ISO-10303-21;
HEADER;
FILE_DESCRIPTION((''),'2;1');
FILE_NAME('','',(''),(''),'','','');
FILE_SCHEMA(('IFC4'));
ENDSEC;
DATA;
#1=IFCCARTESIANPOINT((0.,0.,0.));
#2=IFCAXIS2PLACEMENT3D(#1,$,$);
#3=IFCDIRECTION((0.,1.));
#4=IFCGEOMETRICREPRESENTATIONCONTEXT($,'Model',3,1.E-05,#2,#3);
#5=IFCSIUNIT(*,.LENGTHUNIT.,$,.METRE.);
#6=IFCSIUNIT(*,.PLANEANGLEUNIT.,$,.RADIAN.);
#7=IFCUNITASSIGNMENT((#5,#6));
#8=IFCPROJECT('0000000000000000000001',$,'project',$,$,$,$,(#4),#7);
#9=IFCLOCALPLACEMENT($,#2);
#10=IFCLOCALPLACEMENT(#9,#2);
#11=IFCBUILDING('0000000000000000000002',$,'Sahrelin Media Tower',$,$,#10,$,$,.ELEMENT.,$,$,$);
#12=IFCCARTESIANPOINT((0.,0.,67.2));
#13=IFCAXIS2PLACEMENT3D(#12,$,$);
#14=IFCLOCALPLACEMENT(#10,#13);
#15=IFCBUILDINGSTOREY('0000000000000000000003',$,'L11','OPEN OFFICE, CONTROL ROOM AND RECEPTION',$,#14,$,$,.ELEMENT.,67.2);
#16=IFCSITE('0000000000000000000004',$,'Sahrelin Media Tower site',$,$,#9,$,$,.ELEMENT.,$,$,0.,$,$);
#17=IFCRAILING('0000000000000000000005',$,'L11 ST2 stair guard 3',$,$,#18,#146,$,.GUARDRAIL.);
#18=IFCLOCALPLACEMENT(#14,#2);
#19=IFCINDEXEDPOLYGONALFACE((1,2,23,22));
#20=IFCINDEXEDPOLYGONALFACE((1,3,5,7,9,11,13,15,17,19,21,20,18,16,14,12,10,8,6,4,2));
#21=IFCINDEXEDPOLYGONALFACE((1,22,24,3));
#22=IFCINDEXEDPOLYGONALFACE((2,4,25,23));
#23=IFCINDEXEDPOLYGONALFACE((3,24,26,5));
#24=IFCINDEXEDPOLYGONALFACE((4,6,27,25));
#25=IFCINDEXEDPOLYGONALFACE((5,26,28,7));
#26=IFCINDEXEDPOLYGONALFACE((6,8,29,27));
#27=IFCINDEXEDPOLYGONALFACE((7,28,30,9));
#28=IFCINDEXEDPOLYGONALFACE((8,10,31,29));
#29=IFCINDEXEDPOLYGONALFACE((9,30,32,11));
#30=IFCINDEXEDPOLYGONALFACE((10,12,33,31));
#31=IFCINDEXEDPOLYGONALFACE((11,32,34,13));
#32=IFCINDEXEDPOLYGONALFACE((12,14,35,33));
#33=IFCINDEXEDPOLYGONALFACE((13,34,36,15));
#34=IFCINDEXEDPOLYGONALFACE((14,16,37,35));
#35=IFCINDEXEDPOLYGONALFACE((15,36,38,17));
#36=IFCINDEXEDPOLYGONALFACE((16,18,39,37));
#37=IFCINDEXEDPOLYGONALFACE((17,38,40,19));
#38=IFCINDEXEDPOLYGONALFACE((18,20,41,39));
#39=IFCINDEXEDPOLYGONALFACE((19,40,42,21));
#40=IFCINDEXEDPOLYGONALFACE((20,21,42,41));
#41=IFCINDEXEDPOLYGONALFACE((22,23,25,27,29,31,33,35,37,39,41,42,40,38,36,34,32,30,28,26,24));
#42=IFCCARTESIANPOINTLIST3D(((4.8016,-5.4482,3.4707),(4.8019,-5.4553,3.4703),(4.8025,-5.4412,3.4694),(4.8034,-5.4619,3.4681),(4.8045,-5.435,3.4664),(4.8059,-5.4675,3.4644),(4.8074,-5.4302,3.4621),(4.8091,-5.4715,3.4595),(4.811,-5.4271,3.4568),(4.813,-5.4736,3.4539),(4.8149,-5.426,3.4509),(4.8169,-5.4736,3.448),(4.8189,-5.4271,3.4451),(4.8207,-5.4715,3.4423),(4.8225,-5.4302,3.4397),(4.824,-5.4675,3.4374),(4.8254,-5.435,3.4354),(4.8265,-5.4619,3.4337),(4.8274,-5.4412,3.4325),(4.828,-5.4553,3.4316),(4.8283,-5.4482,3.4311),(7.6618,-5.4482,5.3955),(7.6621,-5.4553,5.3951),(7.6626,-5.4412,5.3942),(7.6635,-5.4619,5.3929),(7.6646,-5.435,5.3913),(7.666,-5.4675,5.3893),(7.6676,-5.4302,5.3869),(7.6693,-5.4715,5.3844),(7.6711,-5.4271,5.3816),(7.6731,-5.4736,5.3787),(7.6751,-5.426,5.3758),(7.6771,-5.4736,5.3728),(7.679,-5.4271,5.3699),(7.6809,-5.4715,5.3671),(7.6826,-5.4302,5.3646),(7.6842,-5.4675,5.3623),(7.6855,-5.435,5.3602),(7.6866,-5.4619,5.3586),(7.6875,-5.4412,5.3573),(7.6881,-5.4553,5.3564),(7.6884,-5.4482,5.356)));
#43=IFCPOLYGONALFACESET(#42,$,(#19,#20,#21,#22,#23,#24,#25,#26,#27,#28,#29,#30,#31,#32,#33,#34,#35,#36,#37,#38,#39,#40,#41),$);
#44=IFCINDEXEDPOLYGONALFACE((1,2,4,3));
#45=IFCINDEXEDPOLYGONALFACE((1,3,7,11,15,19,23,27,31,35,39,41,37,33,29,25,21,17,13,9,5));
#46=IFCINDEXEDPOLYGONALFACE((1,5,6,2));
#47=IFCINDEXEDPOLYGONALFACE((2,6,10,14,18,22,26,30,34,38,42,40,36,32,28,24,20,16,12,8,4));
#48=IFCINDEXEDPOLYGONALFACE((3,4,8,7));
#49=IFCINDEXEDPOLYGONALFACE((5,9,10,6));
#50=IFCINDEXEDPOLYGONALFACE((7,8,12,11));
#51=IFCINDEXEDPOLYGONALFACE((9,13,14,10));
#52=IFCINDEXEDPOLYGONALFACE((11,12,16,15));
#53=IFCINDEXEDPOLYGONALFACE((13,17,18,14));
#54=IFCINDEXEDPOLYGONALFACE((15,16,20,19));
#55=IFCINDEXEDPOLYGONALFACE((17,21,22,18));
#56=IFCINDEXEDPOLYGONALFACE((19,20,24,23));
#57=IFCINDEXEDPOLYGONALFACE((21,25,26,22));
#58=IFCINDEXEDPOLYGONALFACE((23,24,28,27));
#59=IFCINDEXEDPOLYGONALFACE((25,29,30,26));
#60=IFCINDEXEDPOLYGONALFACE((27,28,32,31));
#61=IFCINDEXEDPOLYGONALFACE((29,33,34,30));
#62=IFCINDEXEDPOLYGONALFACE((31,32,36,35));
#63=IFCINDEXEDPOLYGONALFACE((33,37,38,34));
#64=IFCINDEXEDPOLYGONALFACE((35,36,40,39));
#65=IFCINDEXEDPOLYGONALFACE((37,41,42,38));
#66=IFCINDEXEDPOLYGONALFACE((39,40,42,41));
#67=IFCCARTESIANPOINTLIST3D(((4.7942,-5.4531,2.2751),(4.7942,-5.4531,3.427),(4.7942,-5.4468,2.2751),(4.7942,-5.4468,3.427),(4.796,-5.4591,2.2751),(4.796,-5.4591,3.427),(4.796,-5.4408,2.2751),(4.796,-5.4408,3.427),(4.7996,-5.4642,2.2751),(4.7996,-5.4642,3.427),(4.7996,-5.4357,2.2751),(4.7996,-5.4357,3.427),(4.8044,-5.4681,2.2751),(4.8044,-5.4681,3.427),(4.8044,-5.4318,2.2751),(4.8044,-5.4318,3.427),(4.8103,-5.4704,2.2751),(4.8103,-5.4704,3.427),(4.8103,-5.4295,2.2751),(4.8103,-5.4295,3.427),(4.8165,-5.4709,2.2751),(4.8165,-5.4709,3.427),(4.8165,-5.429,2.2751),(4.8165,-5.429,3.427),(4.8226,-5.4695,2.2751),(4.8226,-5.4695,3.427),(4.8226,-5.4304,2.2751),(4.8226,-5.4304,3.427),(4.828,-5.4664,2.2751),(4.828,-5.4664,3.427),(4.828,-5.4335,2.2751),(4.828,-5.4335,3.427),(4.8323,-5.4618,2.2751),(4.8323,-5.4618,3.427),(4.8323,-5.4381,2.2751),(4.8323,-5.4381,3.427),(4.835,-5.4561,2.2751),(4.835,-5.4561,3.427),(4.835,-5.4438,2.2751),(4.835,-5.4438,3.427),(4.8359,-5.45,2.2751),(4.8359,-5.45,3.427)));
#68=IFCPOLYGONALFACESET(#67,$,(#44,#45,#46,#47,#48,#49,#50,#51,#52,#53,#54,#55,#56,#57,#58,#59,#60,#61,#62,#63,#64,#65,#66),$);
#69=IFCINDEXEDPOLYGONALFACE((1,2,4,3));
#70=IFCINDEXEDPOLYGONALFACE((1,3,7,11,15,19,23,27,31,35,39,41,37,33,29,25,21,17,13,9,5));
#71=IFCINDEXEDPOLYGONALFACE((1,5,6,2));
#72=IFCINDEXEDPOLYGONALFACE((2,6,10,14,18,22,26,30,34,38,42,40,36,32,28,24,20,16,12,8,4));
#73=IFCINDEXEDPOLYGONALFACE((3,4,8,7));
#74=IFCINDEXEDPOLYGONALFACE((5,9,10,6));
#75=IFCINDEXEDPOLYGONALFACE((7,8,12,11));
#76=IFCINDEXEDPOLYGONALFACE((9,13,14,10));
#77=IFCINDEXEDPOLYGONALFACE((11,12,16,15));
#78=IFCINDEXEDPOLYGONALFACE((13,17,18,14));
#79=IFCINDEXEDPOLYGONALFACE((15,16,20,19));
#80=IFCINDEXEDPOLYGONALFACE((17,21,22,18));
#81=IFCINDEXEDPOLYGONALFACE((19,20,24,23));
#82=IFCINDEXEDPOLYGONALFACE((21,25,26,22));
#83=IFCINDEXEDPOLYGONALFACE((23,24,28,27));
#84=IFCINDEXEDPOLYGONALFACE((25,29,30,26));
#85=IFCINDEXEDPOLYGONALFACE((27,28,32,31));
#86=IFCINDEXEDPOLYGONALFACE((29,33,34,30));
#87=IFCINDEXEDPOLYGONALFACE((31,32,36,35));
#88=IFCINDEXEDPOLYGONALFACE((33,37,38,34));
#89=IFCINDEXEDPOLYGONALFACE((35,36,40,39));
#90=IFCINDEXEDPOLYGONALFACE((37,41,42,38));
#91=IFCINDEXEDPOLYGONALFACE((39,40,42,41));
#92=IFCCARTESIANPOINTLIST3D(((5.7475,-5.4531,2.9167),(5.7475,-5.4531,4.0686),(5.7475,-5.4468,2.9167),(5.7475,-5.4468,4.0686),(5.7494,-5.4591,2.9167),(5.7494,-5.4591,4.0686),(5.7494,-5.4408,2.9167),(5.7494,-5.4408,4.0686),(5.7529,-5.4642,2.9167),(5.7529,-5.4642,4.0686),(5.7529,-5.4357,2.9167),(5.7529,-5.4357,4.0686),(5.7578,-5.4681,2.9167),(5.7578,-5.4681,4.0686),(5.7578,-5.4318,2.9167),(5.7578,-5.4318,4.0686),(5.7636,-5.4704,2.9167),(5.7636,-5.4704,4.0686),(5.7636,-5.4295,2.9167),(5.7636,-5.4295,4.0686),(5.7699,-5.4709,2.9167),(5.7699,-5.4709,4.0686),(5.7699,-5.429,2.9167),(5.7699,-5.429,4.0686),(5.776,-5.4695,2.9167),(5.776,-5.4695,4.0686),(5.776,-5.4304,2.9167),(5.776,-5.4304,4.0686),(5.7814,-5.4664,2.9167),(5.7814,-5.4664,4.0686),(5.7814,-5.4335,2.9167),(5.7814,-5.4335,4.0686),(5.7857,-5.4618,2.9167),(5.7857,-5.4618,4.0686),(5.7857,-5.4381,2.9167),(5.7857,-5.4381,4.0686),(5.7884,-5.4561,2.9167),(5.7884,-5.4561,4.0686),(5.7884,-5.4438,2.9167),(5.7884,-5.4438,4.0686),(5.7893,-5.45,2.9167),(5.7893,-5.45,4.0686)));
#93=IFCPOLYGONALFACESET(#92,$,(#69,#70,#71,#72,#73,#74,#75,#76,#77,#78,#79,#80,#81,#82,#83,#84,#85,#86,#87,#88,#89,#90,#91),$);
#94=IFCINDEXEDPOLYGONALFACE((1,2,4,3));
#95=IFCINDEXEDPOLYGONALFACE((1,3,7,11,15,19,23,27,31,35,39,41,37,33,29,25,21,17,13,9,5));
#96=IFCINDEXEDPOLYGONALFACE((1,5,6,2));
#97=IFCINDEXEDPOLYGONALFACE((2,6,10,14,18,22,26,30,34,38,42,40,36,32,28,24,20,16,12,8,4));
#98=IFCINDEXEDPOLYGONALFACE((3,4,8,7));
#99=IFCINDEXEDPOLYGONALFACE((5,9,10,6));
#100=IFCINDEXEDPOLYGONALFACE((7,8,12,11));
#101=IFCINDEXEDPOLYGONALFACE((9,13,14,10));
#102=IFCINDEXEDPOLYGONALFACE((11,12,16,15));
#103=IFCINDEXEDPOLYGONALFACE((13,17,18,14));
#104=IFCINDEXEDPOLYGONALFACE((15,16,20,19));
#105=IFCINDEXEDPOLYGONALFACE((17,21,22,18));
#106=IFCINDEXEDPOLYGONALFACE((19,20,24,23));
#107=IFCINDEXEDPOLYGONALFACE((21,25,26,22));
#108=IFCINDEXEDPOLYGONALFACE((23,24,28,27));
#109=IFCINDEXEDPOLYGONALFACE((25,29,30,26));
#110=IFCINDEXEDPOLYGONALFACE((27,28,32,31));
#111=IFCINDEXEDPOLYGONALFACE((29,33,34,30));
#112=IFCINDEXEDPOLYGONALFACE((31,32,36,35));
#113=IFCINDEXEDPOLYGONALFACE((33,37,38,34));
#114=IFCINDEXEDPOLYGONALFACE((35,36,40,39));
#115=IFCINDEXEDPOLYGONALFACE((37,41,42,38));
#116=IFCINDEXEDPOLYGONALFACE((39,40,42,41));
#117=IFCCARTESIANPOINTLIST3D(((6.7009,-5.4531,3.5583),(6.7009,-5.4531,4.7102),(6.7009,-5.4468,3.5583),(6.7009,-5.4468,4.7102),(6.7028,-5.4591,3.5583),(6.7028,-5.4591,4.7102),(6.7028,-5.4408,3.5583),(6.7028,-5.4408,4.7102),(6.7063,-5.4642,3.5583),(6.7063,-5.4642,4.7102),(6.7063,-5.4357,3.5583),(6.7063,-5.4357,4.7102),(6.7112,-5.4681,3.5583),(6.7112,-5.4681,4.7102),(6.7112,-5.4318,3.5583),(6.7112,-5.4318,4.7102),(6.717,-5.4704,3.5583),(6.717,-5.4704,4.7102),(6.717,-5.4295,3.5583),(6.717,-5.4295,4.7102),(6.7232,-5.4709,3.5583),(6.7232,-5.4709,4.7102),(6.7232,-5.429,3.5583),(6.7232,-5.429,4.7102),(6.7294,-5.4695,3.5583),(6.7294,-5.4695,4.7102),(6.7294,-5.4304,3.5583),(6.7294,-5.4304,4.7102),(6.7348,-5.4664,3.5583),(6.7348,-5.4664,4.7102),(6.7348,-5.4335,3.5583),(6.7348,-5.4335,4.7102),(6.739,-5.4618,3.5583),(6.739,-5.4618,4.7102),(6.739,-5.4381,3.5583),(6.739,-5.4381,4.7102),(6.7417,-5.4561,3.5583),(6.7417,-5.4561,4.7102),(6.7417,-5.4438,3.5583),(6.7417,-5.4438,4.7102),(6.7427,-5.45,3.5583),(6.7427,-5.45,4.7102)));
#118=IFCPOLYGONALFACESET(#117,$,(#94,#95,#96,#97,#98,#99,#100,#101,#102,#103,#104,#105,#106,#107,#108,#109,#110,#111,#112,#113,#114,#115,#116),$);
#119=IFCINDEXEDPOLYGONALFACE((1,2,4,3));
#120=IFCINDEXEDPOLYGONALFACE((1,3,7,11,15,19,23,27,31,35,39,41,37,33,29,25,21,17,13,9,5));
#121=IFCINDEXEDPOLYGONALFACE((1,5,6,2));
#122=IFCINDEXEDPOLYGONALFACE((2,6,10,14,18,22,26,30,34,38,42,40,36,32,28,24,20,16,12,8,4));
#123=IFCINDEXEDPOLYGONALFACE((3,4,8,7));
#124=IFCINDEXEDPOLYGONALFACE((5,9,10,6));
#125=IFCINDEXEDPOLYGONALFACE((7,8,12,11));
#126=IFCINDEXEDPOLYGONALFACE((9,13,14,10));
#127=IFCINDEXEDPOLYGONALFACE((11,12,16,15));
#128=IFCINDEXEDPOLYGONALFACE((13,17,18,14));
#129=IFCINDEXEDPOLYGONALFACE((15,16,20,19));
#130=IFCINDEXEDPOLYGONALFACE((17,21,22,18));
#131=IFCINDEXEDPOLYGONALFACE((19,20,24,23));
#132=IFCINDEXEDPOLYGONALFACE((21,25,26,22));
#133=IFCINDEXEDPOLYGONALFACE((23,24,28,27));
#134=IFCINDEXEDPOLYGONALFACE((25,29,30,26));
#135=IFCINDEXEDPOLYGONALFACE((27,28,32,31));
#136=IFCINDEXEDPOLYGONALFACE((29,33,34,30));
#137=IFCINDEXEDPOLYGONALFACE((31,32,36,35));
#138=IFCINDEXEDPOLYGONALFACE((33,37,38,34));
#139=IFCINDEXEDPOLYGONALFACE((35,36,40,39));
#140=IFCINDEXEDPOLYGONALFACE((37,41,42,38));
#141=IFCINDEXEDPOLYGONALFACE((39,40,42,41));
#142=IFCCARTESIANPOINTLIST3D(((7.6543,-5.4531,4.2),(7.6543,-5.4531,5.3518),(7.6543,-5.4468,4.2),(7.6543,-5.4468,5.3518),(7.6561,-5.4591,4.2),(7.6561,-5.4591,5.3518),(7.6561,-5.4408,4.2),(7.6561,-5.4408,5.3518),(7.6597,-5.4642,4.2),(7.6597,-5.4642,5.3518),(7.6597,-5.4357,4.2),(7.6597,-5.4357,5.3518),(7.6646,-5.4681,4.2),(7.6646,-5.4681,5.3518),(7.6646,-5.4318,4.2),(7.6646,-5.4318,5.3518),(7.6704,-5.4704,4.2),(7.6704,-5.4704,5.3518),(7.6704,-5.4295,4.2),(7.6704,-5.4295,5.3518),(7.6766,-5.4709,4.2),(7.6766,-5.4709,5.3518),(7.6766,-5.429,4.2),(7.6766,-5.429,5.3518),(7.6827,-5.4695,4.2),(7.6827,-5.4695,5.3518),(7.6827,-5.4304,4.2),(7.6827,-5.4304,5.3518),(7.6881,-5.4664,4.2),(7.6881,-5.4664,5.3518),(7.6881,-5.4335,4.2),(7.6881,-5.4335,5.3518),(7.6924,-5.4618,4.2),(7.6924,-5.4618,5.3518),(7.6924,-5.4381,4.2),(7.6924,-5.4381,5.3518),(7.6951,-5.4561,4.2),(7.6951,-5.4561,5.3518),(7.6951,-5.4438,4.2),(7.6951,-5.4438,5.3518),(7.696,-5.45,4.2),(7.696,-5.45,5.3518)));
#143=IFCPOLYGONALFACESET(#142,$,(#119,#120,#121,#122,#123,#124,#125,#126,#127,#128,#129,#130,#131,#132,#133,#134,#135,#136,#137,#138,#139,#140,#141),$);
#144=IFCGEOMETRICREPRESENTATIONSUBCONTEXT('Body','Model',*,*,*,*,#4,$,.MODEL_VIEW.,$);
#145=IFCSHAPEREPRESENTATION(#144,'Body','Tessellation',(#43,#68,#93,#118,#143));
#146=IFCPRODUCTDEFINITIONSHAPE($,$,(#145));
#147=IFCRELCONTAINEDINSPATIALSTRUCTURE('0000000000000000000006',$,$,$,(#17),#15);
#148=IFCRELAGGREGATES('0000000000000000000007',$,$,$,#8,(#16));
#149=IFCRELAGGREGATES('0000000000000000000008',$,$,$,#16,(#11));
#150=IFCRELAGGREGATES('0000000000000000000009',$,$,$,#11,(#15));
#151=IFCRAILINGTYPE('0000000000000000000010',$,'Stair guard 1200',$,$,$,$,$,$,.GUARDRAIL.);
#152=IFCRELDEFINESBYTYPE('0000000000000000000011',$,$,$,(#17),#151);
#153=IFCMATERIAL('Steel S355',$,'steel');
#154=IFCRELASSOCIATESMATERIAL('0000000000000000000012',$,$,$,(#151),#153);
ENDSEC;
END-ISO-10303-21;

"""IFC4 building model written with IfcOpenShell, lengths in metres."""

from ifc_helpers import new_model, si_unit, direction, frame, origin, origin_2d, place, context, subcontext, project, spatial, circle, extrude, material, type_object, element, save


model = new_model("IFC4")

# Units and contexts
model_context = context("Model", 3, precision=1e-05, world=origin(), true_north=direction((0.0, 1.0)))
body_context = subcontext(model_context, "Body", "Model", "MODEL_VIEW")
ifc_project = project(units=[si_unit("LENGTHUNIT", "METRE"), si_unit("PLANEANGLEUNIT", "RADIAN")], contexts=[model_context])

# Site, building, storey
site_placement = place(None, origin())
site = spatial("IfcSite", under=ifc_project, at=site_placement, Name="Sahrelin Media Tower site", CompositionType="ELEMENT", RefElevation=0.0)
building_placement = place(site_placement, origin())
building = spatial("IfcBuilding", under=site, at=building_placement, Name="Sahrelin Media Tower", CompositionType="ELEMENT")
storey_placement = place(building_placement, frame((0.0, 0.0, 67.2)))
storey = spatial("IfcBuildingStorey", under=building, at=storey_placement, Name="L11", Description="OPEN OFFICE, CONTROL ROOM AND RECEPTION", CompositionType="ELEMENT", Elevation=67.2)

# Shared definitions
ifc_material_1 = material(Name="Steel S355", Category="steel")

# Railing
railing_type_1 = type_object("IfcRailingType", Name="Stair guard 1200", PredefinedType="GUARDRAIL", material=ifc_material_1)
railing_1_placement = place(storey_placement, frame((4.8149, -5.45, 2.2751)))
element("IfcRailing", 1, at=railing_1_placement, inside=storey, type_object=railing_type_1, Name="L11 ST2 stair guard 3", PredefinedType="GUARDRAIL", context=body_context, shape_type="SweptSolid", body=[
    extrude(circle(Radius=0.0239, at=origin_2d()), frame((0.0, 0.0, 1.1758), z_axis=(0.829624, 0.0, 0.558323), x_axis=(0.0, 1.0, 0.0)), (0.0, 0.0, 1.0), 3.4475),
    extrude(circle(Radius=0.021, at=origin_2d()), origin(), (0.0, 0.0, 1.0), 1.1519),
    extrude(circle(Radius=0.021, at=origin_2d()), frame((0.9534, 0.0, 0.6416)), (0.0, 0.0, 1.0), 1.1519),
    extrude(circle(Radius=0.021, at=origin_2d()), frame((1.9067, 0.0, 1.2832)), (0.0, 0.0, 1.0), 1.1519),
    extrude(circle(Radius=0.021, at=origin_2d()), frame((2.8601, 0.0, 1.9248)), (0.0, 0.0, 1.0), 1.1519),
])

save(model, "model.ifc")
